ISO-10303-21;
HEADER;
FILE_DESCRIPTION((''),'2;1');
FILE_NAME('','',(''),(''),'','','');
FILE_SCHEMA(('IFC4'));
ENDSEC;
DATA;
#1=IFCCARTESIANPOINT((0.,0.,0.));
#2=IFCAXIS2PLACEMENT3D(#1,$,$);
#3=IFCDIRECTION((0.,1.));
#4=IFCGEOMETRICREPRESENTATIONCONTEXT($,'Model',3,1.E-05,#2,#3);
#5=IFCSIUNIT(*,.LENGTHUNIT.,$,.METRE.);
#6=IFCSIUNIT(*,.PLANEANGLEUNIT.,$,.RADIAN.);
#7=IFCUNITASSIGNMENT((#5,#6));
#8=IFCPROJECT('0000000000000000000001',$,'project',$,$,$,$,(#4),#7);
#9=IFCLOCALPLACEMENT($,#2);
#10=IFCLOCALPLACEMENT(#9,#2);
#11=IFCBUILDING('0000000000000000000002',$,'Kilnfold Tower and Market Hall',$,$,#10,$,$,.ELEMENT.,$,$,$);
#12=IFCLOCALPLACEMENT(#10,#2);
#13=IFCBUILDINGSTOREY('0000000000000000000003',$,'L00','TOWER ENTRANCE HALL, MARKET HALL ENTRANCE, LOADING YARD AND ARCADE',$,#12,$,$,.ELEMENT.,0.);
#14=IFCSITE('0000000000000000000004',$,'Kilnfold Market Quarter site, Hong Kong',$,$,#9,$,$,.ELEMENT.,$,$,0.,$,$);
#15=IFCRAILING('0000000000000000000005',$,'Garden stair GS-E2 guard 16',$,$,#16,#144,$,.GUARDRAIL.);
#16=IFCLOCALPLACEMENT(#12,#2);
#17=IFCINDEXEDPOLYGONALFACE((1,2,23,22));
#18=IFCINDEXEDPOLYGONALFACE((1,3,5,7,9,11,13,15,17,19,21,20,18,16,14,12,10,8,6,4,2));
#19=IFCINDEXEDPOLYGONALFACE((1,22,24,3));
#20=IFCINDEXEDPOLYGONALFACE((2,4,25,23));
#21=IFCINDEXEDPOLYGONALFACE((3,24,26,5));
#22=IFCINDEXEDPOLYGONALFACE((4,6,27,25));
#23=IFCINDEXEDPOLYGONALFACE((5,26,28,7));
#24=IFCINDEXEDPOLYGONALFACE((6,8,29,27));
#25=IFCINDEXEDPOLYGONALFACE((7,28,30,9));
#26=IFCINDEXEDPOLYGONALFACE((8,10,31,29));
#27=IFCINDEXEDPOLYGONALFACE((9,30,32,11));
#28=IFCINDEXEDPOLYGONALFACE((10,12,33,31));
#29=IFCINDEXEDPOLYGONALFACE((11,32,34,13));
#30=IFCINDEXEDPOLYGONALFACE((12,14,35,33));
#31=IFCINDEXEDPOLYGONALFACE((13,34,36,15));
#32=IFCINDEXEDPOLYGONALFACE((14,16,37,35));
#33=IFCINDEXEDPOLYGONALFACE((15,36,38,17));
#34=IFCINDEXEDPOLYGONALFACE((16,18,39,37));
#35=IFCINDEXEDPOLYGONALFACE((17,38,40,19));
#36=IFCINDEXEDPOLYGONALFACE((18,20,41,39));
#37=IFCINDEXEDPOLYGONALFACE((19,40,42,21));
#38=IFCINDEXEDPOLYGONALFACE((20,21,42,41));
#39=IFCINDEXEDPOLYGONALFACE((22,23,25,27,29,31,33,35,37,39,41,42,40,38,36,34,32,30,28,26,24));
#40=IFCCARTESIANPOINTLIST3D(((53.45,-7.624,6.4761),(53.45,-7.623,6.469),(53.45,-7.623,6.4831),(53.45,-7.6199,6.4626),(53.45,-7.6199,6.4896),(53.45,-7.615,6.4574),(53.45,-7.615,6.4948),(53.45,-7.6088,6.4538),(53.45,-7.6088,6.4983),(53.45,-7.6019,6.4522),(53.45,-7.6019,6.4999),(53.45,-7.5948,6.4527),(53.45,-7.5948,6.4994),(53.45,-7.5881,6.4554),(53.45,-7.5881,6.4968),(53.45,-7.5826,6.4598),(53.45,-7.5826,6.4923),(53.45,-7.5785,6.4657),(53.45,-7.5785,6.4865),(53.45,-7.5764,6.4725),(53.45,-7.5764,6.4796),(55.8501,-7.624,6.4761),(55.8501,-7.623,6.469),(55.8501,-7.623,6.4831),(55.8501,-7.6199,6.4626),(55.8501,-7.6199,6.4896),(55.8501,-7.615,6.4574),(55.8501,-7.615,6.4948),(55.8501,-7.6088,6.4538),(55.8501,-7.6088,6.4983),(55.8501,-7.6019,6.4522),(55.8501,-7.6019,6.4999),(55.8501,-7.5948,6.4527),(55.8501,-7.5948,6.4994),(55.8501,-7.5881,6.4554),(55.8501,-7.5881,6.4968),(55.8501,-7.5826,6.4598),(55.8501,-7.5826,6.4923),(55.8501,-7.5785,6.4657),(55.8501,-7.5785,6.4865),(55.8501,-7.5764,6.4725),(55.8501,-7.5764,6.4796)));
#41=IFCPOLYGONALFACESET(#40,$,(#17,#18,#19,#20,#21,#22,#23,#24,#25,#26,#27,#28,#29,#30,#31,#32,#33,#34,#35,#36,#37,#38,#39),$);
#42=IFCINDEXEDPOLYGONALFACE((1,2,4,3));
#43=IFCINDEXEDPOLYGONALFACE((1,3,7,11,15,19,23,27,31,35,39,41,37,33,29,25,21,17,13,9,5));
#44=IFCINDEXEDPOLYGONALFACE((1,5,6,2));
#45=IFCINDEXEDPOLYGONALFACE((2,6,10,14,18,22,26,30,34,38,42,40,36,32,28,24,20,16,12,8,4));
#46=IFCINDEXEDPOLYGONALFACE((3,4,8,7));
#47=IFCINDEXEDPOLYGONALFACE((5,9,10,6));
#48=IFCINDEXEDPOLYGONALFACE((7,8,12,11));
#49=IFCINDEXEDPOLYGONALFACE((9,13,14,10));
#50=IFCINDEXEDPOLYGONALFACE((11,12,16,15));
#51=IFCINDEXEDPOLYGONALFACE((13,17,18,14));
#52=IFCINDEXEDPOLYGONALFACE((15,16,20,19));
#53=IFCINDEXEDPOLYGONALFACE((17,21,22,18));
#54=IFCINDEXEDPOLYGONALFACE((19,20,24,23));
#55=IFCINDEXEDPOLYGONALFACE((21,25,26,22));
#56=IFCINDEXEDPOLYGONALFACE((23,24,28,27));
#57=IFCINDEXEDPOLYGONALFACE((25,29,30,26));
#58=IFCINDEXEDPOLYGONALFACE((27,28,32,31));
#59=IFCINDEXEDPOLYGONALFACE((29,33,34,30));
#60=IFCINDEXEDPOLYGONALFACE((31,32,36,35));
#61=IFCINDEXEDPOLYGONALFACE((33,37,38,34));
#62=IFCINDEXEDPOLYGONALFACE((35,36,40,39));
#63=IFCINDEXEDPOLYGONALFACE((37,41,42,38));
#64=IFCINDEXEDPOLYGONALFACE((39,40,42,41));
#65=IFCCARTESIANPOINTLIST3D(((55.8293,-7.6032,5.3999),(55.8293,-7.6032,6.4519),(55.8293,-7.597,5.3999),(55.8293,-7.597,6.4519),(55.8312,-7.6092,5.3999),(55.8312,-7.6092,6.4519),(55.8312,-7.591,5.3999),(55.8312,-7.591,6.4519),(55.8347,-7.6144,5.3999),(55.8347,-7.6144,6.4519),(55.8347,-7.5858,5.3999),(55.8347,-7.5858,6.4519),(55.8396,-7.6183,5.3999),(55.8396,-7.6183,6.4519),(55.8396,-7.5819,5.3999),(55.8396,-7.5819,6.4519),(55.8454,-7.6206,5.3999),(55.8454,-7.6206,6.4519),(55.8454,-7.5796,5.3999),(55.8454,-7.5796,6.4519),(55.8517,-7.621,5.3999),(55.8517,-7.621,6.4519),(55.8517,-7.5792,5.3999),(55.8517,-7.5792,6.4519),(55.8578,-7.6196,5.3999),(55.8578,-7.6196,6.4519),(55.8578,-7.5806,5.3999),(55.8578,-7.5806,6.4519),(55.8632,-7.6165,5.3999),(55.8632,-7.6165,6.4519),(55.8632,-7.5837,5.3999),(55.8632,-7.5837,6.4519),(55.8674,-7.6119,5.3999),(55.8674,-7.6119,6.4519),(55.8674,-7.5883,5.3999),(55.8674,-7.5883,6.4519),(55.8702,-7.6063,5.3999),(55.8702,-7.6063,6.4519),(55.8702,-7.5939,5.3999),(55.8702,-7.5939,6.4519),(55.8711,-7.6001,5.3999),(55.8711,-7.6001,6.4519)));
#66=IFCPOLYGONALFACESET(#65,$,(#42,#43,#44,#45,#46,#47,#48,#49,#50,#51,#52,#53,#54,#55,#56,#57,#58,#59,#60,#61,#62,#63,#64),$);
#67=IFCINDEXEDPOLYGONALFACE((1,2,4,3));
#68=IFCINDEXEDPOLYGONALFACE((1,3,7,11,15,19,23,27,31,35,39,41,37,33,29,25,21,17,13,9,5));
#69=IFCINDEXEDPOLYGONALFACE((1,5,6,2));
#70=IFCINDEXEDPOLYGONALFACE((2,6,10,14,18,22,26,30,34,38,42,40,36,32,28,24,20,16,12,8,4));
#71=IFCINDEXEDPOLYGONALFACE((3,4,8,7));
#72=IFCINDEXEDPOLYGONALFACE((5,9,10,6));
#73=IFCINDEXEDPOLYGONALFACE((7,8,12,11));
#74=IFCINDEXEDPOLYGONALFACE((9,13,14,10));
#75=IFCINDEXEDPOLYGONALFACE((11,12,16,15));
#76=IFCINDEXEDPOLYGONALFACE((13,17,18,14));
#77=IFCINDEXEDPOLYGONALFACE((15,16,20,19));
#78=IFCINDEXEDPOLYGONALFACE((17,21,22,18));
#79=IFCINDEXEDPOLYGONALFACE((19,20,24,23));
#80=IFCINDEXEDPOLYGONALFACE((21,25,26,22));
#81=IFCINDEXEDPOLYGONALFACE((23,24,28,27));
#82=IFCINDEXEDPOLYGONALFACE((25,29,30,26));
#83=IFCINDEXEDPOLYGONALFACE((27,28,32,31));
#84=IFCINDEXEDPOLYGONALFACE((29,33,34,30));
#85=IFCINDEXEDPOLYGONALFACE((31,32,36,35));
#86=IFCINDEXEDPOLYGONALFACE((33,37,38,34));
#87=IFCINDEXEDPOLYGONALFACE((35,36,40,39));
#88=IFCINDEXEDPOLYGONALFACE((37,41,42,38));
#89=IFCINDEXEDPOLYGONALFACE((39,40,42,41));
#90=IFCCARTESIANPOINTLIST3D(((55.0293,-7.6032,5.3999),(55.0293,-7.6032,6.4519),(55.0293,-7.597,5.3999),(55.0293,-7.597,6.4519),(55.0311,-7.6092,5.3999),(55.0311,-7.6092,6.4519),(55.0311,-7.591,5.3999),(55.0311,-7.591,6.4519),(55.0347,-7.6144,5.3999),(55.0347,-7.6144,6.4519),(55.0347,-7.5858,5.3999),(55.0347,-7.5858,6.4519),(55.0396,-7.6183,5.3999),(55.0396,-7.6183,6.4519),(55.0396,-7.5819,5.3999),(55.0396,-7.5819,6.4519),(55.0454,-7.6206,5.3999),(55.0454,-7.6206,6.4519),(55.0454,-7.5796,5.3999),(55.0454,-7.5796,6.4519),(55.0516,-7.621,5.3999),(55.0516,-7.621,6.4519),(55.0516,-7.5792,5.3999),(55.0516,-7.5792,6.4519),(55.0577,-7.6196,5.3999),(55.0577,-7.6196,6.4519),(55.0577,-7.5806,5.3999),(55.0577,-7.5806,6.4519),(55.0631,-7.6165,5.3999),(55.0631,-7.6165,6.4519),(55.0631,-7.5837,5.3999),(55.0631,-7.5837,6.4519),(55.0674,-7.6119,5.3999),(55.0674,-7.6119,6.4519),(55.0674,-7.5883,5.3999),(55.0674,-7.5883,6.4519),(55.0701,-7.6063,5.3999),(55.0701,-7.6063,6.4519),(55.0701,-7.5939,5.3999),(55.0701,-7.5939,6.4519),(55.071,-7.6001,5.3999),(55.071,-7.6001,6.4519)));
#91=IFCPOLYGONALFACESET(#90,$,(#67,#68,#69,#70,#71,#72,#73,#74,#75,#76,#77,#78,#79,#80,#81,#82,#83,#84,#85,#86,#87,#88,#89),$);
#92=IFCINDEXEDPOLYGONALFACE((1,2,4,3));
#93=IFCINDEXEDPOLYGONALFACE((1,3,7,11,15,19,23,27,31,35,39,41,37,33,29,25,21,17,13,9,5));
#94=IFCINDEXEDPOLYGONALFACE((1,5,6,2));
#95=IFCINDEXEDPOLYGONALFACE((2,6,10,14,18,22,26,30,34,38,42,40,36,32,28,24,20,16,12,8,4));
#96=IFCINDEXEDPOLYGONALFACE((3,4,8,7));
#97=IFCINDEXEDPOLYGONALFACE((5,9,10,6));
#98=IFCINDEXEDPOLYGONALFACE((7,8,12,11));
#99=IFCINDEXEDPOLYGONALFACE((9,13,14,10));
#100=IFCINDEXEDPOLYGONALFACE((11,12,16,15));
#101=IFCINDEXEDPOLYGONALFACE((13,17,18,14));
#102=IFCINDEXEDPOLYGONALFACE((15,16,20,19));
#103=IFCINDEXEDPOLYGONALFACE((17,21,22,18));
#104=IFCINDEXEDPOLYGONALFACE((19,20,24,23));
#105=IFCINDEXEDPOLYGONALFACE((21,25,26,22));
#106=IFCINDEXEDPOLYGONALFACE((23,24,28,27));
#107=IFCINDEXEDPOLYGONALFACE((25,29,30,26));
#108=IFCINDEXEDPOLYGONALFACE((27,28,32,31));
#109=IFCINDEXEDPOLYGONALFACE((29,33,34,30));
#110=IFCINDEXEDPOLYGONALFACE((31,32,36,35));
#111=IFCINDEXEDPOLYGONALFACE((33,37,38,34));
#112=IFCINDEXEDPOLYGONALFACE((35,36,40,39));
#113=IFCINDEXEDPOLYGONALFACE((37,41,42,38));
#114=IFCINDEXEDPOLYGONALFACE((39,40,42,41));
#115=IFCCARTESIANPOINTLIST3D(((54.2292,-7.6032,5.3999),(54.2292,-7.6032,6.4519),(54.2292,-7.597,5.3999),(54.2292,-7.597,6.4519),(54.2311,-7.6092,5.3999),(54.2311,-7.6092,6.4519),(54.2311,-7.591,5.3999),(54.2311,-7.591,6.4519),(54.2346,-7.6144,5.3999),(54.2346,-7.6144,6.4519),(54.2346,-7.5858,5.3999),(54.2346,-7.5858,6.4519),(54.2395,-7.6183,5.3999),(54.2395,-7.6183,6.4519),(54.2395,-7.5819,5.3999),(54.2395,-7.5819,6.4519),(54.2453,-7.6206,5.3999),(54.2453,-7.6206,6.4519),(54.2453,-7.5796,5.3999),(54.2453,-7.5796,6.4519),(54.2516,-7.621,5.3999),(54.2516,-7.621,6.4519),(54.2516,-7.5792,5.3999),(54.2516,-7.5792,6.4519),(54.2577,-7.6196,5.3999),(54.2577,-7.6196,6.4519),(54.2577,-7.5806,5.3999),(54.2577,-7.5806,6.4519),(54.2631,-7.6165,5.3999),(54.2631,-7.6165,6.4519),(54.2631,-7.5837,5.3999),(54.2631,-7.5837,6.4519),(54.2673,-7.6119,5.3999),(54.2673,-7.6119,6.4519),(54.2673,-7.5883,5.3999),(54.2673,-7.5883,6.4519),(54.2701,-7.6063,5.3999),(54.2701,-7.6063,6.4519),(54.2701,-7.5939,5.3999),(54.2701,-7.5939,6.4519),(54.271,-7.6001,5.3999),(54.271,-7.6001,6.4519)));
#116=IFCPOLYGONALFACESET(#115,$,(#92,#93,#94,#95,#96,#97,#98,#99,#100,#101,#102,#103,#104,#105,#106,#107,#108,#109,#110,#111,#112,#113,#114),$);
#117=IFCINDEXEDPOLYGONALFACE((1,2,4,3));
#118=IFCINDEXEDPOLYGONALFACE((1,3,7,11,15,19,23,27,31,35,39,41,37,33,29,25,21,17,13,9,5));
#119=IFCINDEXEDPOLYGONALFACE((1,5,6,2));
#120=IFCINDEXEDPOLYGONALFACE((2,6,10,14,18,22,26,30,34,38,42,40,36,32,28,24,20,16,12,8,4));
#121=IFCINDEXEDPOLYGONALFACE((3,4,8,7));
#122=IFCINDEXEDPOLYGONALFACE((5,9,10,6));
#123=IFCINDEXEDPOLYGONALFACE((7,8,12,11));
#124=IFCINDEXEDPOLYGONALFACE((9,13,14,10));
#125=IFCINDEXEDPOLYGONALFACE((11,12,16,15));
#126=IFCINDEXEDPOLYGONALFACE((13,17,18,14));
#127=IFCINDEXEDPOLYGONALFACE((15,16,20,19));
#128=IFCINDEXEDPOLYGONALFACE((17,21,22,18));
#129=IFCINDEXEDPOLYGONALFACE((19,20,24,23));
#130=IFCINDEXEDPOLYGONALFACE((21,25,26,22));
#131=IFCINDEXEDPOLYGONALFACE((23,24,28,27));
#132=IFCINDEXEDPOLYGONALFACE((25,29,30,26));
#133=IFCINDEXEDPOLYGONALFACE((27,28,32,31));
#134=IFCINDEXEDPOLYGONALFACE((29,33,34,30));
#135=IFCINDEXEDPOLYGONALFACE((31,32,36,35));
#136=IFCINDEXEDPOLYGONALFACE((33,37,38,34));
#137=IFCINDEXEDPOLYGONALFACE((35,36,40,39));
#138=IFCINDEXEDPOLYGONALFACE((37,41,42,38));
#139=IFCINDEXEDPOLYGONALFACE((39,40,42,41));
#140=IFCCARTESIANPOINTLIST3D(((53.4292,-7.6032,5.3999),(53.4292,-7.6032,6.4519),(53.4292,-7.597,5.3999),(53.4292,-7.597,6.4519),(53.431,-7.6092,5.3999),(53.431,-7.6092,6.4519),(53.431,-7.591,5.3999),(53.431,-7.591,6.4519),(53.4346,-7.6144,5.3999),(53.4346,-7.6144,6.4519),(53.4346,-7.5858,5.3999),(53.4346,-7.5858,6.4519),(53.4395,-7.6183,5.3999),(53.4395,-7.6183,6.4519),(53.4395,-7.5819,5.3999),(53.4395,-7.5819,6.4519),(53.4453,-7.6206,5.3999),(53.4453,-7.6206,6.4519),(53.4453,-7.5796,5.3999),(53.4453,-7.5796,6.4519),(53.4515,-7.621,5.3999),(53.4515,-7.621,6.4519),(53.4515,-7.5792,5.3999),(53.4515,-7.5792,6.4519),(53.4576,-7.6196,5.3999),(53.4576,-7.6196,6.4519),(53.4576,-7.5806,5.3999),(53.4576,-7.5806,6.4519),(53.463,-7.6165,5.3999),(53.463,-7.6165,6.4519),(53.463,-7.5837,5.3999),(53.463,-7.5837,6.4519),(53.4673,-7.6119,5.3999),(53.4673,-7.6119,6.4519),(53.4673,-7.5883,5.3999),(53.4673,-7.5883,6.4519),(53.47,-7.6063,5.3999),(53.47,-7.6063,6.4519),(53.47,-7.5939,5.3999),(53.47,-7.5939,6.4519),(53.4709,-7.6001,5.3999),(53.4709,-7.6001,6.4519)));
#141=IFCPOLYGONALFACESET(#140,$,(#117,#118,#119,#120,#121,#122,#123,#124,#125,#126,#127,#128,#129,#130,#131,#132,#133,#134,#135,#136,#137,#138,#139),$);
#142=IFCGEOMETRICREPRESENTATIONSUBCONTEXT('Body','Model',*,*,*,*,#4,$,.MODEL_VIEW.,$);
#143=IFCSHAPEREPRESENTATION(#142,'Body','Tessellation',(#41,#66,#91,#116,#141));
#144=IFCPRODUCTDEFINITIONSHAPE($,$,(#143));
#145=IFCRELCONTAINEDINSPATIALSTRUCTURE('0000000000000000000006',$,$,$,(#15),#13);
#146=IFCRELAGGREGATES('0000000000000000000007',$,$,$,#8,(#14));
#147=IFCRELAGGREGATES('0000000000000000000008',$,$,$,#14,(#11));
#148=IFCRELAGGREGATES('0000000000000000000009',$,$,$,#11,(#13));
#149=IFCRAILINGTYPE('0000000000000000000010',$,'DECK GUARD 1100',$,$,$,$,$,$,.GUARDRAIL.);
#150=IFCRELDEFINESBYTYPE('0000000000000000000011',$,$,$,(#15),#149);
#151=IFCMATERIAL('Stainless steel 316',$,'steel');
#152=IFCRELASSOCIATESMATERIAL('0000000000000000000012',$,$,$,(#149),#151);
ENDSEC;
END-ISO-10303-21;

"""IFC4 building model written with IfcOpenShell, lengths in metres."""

from ifc_helpers import new_model, si_unit, direction, frame, origin, origin_2d, place, context, subcontext, project, spatial, circle, extrude, material, type_object, element, save


model = new_model("IFC4")

# Units and contexts
model_context = context("Model", 3, precision=1e-05, world=origin(), true_north=direction((0.0, 1.0)))
body_context = subcontext(model_context, "Body", "Model", "MODEL_VIEW")
ifc_project = project(units=[si_unit("LENGTHUNIT", "METRE"), si_unit("PLANEANGLEUNIT", "RADIAN")], contexts=[model_context])

# Site, building, storey
site_placement = place(None, origin())
site = spatial("IfcSite", under=ifc_project, at=site_placement, Name="Kilnfold Market Quarter site, Hong Kong", CompositionType="ELEMENT", RefElevation=0.0)
building_placement = place(site_placement, origin())
building = spatial("IfcBuilding", under=site, at=building_placement, Name="Kilnfold Tower and Market Hall", CompositionType="ELEMENT")
storey_placement = place(building_placement, origin())
storey = spatial("IfcBuildingStorey", under=building, at=storey_placement, Name="L00", Description="TOWER ENTRANCE HALL, MARKET HALL ENTRANCE, LOADING YARD AND ARCADE", CompositionType="ELEMENT", Elevation=0.0)

# Railing
ifc_material_1 = material(Name="Stainless steel 316", Category="steel")
railing_type_1 = type_object("IfcRailingType", Name="DECK GUARD 1100", PredefinedType="GUARDRAIL", material=ifc_material_1)
for number, where, name in (
    (1, (55.8501, -7.6001, 5.3999), "Garden stair GS-E2 guard 16"),
):
    element("IfcRailing", number, at=place(storey_placement, frame(where)), inside=storey, type_object=railing_type_1, Name=name, PredefinedType="GUARDRAIL", context=body_context, shape_type="SweptSolid", body=[
        extrude(circle(Radius=0.0239, at=origin_2d()), frame((0.0, 0.0, 1.0762), z_axis=(-1.0, 0.0, 0.0), x_axis=(0.0, -1.0, 0.0)), (0.0, 0.0, 1.0), 2.4001),
        extrude(circle(Radius=0.021, at=origin_2d()), origin(), (0.0, 0.0, 1.0), 1.052),
        extrude(circle(Radius=0.021, at=origin_2d()), frame((-0.8, 0.0, 0.0)), (0.0, 0.0, 1.0), 1.052),
        extrude(circle(Radius=0.021, at=origin_2d()), frame((-1.6001, 0.0, 0.0)), (0.0, 0.0, 1.0), 1.052),
        extrude(circle(Radius=0.021, at=origin_2d()), frame((-2.4001, 0.0, 0.0)), (0.0, 0.0, 1.0), 1.052),
    ])

save(model, "model.ifc")
